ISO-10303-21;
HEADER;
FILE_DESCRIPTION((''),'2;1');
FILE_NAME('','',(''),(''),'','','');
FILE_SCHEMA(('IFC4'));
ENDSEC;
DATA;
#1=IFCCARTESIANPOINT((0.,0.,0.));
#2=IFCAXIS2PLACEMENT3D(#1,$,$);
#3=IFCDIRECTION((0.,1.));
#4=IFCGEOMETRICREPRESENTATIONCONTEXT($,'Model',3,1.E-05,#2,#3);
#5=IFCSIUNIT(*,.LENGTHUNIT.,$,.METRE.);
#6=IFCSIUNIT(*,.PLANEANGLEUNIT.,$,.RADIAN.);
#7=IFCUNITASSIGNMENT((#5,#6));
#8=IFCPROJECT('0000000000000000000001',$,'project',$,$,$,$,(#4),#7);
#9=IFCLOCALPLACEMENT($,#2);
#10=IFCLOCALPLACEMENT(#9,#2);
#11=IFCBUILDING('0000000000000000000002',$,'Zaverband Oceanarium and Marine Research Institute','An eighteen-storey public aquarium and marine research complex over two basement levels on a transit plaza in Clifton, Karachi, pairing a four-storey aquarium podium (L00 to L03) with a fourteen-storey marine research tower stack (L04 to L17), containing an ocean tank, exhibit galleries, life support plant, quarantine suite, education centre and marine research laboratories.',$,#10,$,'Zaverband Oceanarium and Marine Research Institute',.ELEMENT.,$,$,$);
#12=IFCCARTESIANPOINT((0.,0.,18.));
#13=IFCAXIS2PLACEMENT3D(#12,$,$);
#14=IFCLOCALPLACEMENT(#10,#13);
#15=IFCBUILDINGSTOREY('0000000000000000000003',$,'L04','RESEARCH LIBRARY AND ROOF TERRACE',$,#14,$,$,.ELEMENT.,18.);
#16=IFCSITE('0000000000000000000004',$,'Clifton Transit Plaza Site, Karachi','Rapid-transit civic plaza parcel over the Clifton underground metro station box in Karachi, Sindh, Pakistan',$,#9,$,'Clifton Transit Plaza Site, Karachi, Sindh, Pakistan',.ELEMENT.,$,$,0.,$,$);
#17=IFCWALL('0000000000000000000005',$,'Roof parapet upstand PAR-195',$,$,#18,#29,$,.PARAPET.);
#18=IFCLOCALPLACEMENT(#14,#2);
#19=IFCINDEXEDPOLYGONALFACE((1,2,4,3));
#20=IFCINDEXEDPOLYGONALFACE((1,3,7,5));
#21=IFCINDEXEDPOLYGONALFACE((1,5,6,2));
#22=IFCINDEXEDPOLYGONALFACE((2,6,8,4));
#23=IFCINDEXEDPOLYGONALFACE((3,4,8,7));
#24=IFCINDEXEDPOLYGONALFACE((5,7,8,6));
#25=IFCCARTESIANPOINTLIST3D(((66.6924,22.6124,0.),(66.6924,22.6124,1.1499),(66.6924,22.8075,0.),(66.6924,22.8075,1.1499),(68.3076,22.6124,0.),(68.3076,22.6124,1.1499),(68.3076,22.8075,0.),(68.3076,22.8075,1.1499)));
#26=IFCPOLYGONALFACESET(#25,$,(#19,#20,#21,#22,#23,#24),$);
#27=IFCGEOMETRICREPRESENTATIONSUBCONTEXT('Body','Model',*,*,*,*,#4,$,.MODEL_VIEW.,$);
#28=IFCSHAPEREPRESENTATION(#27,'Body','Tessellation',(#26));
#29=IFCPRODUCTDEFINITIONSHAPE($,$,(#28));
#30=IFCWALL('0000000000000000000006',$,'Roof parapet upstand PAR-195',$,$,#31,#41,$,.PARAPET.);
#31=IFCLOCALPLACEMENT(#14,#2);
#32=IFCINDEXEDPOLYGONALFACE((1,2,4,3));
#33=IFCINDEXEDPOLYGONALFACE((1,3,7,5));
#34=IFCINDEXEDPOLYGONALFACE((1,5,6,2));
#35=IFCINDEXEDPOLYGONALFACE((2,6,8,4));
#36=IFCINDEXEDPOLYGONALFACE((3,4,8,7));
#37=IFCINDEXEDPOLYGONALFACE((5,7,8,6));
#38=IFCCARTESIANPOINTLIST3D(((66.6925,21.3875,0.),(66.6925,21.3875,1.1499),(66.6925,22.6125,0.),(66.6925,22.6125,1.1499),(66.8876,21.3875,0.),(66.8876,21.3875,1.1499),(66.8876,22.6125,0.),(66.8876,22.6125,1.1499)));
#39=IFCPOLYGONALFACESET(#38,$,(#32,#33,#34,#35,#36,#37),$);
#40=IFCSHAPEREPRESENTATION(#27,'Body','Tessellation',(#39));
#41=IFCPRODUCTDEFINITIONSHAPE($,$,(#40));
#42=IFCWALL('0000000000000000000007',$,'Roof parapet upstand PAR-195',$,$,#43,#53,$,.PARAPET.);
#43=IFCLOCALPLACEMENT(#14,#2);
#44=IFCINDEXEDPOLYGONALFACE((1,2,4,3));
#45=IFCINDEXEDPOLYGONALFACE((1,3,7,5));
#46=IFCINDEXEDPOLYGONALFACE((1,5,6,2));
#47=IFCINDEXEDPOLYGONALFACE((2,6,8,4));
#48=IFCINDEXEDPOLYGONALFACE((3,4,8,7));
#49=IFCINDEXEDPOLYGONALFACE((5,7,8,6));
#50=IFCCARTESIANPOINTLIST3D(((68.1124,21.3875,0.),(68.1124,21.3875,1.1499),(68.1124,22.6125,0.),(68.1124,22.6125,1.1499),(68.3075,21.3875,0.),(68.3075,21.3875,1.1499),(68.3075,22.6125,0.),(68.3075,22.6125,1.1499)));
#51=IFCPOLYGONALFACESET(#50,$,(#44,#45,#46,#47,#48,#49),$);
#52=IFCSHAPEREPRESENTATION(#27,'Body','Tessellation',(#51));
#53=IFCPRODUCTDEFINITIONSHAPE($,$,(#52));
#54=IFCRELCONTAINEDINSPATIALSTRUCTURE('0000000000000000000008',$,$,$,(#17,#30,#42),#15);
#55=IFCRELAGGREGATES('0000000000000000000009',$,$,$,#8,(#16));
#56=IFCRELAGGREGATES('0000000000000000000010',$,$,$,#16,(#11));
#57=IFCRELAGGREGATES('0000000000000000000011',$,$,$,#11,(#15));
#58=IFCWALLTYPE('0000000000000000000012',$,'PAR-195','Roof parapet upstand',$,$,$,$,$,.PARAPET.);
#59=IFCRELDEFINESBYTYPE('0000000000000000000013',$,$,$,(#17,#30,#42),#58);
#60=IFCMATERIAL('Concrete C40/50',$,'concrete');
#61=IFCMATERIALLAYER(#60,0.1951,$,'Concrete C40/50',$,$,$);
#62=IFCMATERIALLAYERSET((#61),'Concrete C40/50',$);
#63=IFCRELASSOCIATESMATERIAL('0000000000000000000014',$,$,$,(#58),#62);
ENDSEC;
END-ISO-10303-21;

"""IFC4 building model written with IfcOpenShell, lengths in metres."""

from ifc_helpers import new_model, si_unit, direction, frame, frame_2d, origin, place, context, subcontext, project, spatial, rectangle, extrude, material, layer, layer_set, type_object, element, save


model = new_model("IFC4")

# Units and contexts
model_context = context("Model", 3, precision=1e-05, world=origin(), true_north=direction((0.0, 1.0)))
body_context = subcontext(model_context, "Body", "Model", "MODEL_VIEW")
ifc_project = project(units=[si_unit("LENGTHUNIT", "METRE"), si_unit("PLANEANGLEUNIT", "RADIAN")], contexts=[model_context])

# Site, building, storey
site_placement = place(None, origin())
site = spatial("IfcSite", under=ifc_project, at=site_placement, Name="Clifton Transit Plaza Site, Karachi", Description="Rapid-transit civic plaza parcel over the Clifton underground metro station box in Karachi, Sindh, Pakistan", LongName="Clifton Transit Plaza Site, Karachi, Sindh, Pakistan", CompositionType="ELEMENT", RefElevation=0.0)
building_placement = place(site_placement, origin())
building = spatial("IfcBuilding", under=site, at=building_placement, Name="Zaverband Oceanarium and Marine Research Institute", Description="An eighteen-storey public aquarium and marine research complex over two basement levels on a transit plaza in Clifton, Karachi, pairing a four-storey aquarium podium (L00 to L03) with a fourteen-storey marine research tower stack (L04 to L17), containing an ocean tank, exhibit galleries, life support plant, quarantine suite, education centre and marine research laboratories.", LongName="Zaverband Oceanarium and Marine Research Institute", CompositionType="ELEMENT")
storey_placement = place(building_placement, frame((0.0, 0.0, 18.0)))
storey = spatial("IfcBuildingStorey", under=building, at=storey_placement, Name="L04", Description="RESEARCH LIBRARY AND ROOF TERRACE", CompositionType="ELEMENT", Elevation=18.0)

# Walls
ifc_material_1 = material(Name="Concrete C40/50", Category="concrete")
ifc_layer_1 = layer(ifc_material_1, 0.1951, Name="Concrete C40/50")
ifc_layer_set_1 = layer_set([ifc_layer_1], Name="Concrete C40/50")
wall_type_1 = type_object("IfcWallType", Name="PAR-195", Description="Roof parapet upstand", PredefinedType="PARAPET", material=ifc_layer_set_1)
for number, where, z_axis, x_axis, name in (
    (1, (66.6924, 22.71, 0.0), (0.0, 0.0, 1.0), (1.0, 0.0, 0.0), "Roof parapet upstand PAR-195"),
):
    element("IfcWall", number, at=place(storey_placement, frame(where, z_axis=z_axis, x_axis=x_axis)), inside=storey, type_object=wall_type_1, Name=name, PredefinedType="PARAPET", context=body_context, shape_type="SweptSolid", body=[
        extrude(rectangle(XDim=1.6152, YDim=0.1951, at=frame_2d((0.8076, 0.0))), origin(), (0.0, 0.0, 1.0), 1.1499),
    ])
for number, where, z_axis, x_axis, name in (
    (2, (66.79, 21.3875, 0.0), (0.0, 0.0, 1.0), (0.0, 1.0, 0.0), "Roof parapet upstand PAR-195"),
    (3, (68.21, 21.3875, 0.0), (0.0, 0.0, 1.0), (0.0, 1.0, 0.0), "Roof parapet upstand PAR-195"),
):
    element("IfcWall", number, at=place(storey_placement, frame(where, z_axis=z_axis, x_axis=x_axis)), inside=storey, type_object=wall_type_1, Name=name, PredefinedType="PARAPET", context=body_context, shape_type="SweptSolid", body=[
        extrude(rectangle(XDim=1.2251, YDim=0.1951, at=frame_2d((0.6125, 0.0))), origin(), (0.0, 0.0, 1.0), 1.1499),
    ])

save(model, "model.ifc")
